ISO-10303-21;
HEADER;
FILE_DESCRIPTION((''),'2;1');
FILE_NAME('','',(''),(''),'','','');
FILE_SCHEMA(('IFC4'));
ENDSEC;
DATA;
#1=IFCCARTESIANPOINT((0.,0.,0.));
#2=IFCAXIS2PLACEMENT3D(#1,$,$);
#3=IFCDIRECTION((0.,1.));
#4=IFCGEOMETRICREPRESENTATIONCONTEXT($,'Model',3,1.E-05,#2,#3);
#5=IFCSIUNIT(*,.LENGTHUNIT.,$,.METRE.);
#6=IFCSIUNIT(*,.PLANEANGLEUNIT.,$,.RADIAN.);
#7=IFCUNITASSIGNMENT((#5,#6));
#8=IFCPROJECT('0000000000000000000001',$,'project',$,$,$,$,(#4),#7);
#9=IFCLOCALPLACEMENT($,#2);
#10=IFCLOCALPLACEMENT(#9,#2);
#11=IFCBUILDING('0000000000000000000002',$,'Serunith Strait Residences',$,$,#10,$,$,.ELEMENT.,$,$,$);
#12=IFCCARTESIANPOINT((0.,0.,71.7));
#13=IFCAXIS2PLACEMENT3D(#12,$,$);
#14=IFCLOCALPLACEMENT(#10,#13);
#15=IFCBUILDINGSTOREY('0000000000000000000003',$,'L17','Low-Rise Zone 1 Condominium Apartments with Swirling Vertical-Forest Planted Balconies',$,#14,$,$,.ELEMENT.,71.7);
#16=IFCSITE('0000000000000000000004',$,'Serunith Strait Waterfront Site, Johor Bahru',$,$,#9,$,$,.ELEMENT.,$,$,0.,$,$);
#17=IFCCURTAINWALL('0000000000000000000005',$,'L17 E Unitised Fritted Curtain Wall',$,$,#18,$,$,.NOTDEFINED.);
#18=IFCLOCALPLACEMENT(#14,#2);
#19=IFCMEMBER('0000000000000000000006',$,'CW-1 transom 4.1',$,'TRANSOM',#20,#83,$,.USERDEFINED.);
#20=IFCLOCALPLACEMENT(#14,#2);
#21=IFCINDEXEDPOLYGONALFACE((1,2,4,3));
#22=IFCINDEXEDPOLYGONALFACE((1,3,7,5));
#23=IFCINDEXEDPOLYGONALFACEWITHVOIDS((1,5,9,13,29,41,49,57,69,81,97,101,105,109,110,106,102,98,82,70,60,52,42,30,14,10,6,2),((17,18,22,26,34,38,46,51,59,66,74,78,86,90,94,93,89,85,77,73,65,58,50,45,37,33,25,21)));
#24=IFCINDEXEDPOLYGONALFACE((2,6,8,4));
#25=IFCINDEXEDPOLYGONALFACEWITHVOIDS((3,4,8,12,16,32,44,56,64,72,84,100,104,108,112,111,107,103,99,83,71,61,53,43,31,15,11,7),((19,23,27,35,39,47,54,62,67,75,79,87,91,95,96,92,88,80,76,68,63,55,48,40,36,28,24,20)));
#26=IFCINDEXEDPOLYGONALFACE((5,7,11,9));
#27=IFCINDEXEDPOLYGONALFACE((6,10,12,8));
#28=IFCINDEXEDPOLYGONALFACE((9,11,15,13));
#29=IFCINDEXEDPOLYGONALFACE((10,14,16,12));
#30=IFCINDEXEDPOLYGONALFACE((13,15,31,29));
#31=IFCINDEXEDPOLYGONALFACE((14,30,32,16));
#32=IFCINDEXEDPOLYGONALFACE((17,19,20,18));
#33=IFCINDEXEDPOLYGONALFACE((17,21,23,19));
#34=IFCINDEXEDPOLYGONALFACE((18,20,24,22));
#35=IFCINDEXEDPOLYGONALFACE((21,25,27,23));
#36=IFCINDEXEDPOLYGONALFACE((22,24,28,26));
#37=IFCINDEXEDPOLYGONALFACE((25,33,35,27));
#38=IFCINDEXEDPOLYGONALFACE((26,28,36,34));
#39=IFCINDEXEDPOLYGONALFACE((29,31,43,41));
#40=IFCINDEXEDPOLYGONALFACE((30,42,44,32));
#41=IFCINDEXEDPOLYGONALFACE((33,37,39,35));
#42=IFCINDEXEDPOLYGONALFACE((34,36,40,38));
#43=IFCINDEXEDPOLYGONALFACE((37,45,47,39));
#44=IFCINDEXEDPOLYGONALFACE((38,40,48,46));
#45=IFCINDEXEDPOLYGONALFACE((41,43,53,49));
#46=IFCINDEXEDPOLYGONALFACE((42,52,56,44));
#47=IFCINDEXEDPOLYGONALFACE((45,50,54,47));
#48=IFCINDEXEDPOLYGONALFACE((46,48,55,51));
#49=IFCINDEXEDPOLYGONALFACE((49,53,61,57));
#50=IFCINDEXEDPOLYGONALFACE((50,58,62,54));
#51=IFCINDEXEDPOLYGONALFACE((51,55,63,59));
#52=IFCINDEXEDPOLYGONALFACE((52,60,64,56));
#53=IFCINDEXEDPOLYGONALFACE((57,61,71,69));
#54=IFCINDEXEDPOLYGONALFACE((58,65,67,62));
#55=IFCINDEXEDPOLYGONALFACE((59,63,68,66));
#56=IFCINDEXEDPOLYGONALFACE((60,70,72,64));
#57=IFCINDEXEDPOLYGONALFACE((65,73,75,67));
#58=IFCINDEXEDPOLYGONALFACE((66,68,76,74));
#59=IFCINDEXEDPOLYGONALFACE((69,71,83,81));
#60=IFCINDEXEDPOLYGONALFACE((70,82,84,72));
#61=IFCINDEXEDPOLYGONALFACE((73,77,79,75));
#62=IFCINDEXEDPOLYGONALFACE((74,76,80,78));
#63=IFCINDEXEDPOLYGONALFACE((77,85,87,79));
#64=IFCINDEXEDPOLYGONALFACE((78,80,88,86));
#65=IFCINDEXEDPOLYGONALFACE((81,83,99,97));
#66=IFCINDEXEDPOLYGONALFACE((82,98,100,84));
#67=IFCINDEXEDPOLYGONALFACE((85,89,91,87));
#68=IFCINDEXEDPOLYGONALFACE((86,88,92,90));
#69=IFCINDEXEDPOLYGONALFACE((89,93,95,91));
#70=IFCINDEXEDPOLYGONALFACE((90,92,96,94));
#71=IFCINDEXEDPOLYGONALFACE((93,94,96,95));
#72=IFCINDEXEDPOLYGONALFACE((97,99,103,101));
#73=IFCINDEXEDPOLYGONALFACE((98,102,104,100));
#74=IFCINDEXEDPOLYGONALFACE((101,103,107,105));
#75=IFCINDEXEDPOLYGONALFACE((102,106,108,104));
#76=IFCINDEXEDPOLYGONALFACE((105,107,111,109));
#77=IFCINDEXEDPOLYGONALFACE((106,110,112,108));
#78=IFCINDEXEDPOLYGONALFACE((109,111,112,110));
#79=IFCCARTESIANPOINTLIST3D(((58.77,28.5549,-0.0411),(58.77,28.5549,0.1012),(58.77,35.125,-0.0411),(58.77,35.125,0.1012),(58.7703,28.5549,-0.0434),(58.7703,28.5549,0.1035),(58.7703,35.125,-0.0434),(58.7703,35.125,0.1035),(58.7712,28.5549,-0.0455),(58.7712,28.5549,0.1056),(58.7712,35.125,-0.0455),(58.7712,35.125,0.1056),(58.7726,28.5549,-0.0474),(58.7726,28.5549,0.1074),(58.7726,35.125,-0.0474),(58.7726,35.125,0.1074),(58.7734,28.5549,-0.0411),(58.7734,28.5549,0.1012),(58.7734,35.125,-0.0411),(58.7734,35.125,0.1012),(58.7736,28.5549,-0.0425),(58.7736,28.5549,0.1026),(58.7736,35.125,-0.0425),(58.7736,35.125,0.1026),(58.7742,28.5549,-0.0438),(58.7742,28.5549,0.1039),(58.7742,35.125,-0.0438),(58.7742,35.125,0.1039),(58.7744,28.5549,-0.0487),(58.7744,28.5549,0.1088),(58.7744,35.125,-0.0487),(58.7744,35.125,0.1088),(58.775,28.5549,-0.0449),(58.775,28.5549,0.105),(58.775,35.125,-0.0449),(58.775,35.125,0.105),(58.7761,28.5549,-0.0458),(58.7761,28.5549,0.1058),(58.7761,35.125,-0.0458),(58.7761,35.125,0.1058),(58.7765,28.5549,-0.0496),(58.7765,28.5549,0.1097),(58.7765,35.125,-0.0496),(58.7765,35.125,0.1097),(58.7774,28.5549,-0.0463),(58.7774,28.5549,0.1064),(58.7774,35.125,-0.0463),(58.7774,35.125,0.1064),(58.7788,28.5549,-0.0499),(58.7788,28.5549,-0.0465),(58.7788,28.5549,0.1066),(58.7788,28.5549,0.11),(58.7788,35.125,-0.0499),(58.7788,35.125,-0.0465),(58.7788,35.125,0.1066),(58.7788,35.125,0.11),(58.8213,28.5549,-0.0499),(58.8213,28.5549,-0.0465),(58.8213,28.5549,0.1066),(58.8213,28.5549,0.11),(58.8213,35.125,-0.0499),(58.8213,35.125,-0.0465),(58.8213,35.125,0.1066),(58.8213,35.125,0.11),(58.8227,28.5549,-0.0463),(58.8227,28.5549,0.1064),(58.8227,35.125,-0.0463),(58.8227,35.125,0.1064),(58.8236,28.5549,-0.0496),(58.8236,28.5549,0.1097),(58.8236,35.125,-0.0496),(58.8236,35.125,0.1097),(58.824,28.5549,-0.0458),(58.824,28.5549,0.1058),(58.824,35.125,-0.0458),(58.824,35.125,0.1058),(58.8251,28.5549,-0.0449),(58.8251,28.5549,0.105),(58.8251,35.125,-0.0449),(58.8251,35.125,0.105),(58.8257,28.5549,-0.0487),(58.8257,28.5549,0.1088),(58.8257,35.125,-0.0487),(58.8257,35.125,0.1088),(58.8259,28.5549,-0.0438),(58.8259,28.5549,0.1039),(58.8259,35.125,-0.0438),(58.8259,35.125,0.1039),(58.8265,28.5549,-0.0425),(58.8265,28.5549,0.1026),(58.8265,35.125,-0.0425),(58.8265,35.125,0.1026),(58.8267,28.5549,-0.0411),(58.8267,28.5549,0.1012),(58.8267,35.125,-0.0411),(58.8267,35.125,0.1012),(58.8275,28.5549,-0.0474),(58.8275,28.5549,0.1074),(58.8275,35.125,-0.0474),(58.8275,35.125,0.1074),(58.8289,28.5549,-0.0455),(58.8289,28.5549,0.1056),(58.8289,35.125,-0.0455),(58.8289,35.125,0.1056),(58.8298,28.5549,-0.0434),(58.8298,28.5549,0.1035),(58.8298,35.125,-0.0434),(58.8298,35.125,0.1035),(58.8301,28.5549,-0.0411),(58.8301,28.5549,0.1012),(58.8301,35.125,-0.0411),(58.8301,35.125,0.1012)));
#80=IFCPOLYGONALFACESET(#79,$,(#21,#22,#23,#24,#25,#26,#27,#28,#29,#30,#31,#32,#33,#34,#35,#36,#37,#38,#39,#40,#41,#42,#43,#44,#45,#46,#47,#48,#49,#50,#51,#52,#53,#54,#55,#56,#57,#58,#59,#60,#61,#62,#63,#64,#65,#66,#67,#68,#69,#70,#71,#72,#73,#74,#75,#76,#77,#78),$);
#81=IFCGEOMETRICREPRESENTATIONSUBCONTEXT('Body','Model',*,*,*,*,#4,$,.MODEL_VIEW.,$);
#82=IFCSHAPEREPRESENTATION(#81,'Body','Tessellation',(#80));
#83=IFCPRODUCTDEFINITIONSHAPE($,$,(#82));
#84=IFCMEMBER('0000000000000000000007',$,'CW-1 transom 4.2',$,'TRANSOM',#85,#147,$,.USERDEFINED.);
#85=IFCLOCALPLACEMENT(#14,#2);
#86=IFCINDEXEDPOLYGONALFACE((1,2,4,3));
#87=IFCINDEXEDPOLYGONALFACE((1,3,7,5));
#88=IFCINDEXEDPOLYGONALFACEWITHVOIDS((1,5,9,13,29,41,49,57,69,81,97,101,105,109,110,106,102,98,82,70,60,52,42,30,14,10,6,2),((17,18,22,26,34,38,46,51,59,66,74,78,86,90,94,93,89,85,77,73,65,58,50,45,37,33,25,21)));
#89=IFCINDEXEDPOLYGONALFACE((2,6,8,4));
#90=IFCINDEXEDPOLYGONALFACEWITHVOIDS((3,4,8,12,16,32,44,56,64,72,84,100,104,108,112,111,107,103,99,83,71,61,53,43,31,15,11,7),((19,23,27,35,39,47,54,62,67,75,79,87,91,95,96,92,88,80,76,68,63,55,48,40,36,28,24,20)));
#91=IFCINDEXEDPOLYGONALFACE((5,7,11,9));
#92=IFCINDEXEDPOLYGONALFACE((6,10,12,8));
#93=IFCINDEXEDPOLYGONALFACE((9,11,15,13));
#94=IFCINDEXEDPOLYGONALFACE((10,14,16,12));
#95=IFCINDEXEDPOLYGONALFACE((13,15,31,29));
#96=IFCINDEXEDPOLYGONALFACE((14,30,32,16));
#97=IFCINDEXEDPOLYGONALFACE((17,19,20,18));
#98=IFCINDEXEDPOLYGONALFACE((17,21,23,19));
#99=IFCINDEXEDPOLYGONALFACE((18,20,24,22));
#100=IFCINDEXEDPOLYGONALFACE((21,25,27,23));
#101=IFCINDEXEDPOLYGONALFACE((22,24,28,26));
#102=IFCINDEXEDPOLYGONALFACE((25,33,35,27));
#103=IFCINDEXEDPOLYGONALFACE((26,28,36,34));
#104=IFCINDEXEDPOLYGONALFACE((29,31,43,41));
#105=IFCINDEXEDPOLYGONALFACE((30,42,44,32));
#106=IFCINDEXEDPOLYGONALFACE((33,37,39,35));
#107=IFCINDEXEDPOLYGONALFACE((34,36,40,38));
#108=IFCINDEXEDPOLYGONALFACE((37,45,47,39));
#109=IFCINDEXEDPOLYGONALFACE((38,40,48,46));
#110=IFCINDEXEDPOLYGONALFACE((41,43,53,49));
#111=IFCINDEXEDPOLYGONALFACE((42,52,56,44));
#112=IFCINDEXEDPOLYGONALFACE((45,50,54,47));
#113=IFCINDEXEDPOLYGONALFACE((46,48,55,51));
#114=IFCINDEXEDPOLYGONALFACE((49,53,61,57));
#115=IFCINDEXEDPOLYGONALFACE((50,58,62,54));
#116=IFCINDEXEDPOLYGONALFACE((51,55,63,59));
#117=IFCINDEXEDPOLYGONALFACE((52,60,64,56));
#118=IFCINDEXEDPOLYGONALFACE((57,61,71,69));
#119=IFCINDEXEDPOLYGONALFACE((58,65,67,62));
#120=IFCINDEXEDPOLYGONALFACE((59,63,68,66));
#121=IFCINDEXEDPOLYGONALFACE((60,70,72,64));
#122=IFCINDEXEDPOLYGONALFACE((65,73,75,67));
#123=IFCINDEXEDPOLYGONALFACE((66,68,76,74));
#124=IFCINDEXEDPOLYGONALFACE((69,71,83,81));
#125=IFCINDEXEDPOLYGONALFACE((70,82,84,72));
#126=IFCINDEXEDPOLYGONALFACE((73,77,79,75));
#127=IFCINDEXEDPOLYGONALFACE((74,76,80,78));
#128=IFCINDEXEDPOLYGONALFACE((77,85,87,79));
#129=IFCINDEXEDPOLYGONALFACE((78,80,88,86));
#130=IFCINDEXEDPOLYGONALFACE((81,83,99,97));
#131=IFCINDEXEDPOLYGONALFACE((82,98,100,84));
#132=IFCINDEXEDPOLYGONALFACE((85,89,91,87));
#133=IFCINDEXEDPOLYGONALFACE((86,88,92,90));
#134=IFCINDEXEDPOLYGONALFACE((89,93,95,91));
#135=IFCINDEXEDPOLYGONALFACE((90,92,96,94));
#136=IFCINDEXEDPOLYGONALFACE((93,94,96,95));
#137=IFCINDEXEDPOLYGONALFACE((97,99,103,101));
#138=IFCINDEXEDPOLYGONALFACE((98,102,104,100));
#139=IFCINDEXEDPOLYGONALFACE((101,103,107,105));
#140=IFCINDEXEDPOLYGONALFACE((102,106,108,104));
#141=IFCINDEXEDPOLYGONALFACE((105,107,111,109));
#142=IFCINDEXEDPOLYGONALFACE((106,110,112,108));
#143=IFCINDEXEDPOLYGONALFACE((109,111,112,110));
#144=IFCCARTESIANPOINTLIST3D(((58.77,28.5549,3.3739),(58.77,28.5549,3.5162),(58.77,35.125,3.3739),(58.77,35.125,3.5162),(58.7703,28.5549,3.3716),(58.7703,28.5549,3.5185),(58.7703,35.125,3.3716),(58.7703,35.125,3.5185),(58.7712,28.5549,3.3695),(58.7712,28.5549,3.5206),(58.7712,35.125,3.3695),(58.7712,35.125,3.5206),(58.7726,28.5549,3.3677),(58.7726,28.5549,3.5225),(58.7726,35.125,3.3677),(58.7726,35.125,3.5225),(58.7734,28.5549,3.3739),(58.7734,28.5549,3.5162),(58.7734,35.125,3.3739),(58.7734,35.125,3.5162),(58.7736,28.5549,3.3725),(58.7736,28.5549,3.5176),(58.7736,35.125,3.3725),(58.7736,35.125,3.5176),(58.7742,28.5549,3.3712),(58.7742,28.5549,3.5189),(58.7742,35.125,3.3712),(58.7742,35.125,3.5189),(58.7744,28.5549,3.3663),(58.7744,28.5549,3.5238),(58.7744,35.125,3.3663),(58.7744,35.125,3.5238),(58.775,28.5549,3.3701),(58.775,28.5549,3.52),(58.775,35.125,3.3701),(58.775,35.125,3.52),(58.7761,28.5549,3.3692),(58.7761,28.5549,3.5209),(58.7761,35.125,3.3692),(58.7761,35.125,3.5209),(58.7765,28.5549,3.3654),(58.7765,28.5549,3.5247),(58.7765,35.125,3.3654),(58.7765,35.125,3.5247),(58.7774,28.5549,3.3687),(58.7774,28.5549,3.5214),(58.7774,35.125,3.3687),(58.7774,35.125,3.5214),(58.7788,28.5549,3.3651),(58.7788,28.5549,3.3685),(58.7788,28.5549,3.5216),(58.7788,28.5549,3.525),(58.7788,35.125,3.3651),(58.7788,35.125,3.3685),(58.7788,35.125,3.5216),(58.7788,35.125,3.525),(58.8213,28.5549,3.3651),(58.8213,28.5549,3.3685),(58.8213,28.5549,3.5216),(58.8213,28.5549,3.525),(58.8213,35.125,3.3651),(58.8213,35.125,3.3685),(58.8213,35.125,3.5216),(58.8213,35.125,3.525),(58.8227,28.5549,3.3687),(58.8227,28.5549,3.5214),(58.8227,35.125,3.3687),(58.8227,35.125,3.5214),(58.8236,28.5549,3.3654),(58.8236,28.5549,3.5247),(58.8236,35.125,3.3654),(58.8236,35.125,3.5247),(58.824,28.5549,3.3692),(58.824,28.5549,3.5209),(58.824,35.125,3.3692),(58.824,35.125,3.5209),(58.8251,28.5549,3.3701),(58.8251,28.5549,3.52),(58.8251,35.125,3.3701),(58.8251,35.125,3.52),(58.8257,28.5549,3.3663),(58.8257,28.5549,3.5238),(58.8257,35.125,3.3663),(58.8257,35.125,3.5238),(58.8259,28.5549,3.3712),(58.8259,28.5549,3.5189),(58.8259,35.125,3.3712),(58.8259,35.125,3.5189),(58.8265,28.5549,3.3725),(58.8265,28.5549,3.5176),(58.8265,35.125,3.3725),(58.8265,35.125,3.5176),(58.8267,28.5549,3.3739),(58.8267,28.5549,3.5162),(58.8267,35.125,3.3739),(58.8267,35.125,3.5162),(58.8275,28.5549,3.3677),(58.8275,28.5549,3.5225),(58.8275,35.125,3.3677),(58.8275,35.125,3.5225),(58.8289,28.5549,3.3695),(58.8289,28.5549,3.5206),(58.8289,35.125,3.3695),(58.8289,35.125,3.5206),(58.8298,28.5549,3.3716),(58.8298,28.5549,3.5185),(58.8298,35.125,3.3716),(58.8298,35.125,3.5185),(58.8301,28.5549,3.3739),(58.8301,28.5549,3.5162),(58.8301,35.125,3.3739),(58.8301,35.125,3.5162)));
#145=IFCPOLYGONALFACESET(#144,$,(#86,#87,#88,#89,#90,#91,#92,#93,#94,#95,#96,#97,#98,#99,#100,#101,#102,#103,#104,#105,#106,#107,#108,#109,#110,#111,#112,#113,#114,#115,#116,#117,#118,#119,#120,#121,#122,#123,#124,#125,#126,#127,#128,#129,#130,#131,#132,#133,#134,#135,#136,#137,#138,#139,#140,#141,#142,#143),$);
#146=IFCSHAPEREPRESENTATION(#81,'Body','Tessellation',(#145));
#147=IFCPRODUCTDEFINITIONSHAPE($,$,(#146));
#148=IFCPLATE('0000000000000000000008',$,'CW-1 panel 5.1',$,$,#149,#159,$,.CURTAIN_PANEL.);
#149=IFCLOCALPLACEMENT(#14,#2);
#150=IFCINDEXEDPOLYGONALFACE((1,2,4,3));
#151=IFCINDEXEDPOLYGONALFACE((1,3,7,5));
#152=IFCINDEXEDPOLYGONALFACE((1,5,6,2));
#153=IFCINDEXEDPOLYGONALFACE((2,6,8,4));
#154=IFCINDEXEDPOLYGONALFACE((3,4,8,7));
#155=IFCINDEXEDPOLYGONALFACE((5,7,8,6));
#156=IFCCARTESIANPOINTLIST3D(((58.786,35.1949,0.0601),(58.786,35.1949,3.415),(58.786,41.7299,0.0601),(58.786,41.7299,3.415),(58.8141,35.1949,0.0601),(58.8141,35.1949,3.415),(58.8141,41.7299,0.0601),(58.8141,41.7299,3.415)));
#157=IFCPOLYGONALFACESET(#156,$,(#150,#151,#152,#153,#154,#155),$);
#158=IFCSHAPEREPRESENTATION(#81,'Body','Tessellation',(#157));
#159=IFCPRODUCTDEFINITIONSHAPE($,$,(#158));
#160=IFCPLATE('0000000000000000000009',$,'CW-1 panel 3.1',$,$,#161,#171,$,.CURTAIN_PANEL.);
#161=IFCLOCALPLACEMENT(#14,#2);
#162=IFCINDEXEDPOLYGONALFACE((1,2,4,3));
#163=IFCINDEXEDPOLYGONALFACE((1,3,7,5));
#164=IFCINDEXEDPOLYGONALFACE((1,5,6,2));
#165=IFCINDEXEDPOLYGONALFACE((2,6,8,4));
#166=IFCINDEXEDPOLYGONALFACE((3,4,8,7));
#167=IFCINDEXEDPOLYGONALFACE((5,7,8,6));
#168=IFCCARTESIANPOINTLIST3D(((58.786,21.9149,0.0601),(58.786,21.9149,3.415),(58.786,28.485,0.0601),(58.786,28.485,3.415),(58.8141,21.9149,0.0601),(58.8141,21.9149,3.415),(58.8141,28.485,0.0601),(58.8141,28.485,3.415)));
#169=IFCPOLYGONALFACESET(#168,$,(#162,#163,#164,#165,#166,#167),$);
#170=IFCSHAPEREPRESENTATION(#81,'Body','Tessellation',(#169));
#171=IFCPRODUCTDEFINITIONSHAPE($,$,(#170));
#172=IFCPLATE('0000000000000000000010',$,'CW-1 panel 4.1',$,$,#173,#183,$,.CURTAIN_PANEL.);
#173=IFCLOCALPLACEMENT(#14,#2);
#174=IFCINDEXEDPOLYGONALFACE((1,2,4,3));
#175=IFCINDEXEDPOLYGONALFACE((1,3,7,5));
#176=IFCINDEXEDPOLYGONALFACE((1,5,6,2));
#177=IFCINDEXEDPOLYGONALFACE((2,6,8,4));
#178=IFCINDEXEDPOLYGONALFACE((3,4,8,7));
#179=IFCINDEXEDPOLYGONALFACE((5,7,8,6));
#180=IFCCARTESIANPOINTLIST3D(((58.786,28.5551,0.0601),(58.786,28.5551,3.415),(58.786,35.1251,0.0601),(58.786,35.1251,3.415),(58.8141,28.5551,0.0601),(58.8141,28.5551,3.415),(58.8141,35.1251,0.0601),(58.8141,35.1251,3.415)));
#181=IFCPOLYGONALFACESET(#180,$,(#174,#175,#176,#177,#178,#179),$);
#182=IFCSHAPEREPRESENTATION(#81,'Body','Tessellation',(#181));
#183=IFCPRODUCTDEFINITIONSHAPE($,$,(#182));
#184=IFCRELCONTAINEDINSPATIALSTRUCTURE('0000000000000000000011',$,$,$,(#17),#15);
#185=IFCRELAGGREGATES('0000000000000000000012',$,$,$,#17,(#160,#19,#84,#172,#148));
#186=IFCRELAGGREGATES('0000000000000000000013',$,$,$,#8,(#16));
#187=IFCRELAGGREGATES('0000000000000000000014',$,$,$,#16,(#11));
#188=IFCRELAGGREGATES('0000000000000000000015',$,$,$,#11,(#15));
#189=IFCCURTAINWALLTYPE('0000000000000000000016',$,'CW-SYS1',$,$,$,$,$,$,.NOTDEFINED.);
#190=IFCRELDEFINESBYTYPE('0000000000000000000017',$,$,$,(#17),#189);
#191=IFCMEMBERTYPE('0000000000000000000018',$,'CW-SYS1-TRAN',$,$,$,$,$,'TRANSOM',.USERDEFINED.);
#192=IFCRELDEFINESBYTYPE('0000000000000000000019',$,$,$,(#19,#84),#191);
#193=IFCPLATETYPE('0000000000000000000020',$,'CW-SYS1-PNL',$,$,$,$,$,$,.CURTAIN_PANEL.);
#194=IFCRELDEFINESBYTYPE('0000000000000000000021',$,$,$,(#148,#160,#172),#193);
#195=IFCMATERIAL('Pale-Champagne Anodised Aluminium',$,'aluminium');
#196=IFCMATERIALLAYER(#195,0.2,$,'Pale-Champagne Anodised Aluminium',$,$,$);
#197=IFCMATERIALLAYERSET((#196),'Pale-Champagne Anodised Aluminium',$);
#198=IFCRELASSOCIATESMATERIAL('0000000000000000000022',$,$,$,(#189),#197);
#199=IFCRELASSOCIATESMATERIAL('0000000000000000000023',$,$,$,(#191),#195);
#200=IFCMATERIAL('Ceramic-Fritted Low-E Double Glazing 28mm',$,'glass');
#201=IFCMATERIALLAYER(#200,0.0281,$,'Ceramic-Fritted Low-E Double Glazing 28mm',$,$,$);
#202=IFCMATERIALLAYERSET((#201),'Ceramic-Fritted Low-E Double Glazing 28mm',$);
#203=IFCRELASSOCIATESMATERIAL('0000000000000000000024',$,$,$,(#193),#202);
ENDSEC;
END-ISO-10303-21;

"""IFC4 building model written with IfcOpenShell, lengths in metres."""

from ifc_helpers import new_model, si_unit, direction, frame, origin, origin_2d, place, context, subcontext, project, spatial, rectangle, hollow_rectangle, extrude, source, transform, mapped, material, layer, layer_set, material_profile, profile_set, type_object, element, aggregate, save


model = new_model("IFC4")

# Units and contexts
model_context = context("Model", 3, precision=1e-05, world=origin(), true_north=direction((0.0, 1.0)))
body_context = subcontext(model_context, "Body", "Model", "MODEL_VIEW")
ifc_project = project(units=[si_unit("LENGTHUNIT", "METRE"), si_unit("PLANEANGLEUNIT", "RADIAN")], contexts=[model_context])

# Site, building, storey
site_placement = place(None, origin())
site = spatial("IfcSite", under=ifc_project, at=site_placement, Name="Serunith Strait Waterfront Site, Johor Bahru", CompositionType="ELEMENT", RefElevation=0.0)
building_placement = place(site_placement, origin())
building = spatial("IfcBuilding", under=site, at=building_placement, Name="Serunith Strait Residences", CompositionType="ELEMENT")
storey_placement = place(building_placement, frame((0.0, 0.0, 71.7)))
storey = spatial("IfcBuildingStorey", under=building, at=storey_placement, Name="L17", Description="Low-Rise Zone 1 Condominium Apartments with Swirling Vertical-Forest Planted Balconies", CompositionType="ELEMENT", Elevation=71.7)

# Curtain wall, members, plates
ifc_material_1 = material(Name="Pale-Champagne Anodised Aluminium", Category="aluminium")
ifc_layer_1 = layer(ifc_material_1, 0.2, Name="Pale-Champagne Anodised Aluminium")
ifc_layer_set_1 = layer_set([ifc_layer_1], Name="Pale-Champagne Anodised Aluminium")
curtain_wall_type = type_object("IfcCurtainWallType", Name="CW-SYS1", PredefinedType="NOTDEFINED", material=ifc_layer_set_1)
curtain_wall_placement = place(storey_placement, origin())
curtain_wall = element("IfcCurtainWall", 1, at=curtain_wall_placement, inside=storey, type_object=curtain_wall_type, Name="L17 E Unitised Fritted Curtain Wall", PredefinedType="NOTDEFINED")
ifc_material_profile_1 = material_profile(ifc_material_1, hollow_rectangle(XDim=0.0601, YDim=0.1599, WallThickness=0.0034, InnerFilletRadius=0.0054, OuterFilletRadius=0.0088, at=origin_2d()), Name="ALU 160x60x3.5")
ifc_profile_set_1 = profile_set([ifc_material_profile_1], Name="Pale-Champagne Anodised Aluminium")
member_type_1 = type_object("IfcMemberType", Name="CW-SYS1-TRAN", ElementType="TRANSOM", PredefinedType="USERDEFINED", material=ifc_profile_set_1)
shared_shape_1 = source(origin(), body_context, "Body", "SweptSolid", [
    extrude(hollow_rectangle(XDim=0.0601, YDim=0.1599, WallThickness=0.0034, InnerFilletRadius=0.0054, OuterFilletRadius=0.0088, at=origin_2d()), origin(), (0.0, 0.0, 1.0), 6.5701),
])
member_1_placement = place(storey_placement, frame((58.8, 28.5549, 0.03), z_axis=(0.0, 1.0, 0.0), x_axis=(-1.0, 0.0, 0.0)))
member_1 = element("IfcMember", 2, at=member_1_placement, type_object=member_type_1, Name="CW-1 transom 4.1", ObjectType="TRANSOM", PredefinedType="USERDEFINED", context=body_context, shape_type="MappedRepresentation", body=[
    mapped(shared_shape_1, transform((0.0, 0.0, 0.0), scale=1.0)),
])
member_2_placement = place(storey_placement, frame((58.8, 28.5549, 3.4451), z_axis=(0.0, 1.0, 0.0), x_axis=(-1.0, 0.0, 0.0)))
member_2 = element("IfcMember", 3, at=member_2_placement, type_object=member_type_1, Name="CW-1 transom 4.2", ObjectType="TRANSOM", PredefinedType="USERDEFINED", context=body_context, shape_type="MappedRepresentation", body=[
    mapped(shared_shape_1, transform((0.0, 0.0, 0.0), scale=1.0)),
])
ifc_material_2 = material(Name="Ceramic-Fritted Low-E Double Glazing 28mm", Category="glass")
ifc_layer_2 = layer(ifc_material_2, 0.0281, Name="Ceramic-Fritted Low-E Double Glazing 28mm")
ifc_layer_set_2 = layer_set([ifc_layer_2], Name="Ceramic-Fritted Low-E Double Glazing 28mm")
plate_type = type_object("IfcPlateType", Name="CW-SYS1-PNL", PredefinedType="CURTAIN_PANEL", material=ifc_layer_set_2)
shared_shape_2 = source(origin(), body_context, "Body", "SweptSolid", [
    extrude(rectangle(XDim=6.5349, YDim=0.0281, at=origin_2d()), origin(), (0.0, 0.0, 1.0), 3.355),
])
plate_1_placement = place(storey_placement, frame((58.8, 38.4624, 0.0601), z_axis=(0.0, 0.0, 1.0), x_axis=(0.0, 1.0, 0.0)))
plate_1 = element("IfcPlate", 4, at=plate_1_placement, type_object=plate_type, Name="CW-1 panel 5.1", PredefinedType="CURTAIN_PANEL", context=body_context, shape_type="MappedRepresentation", body=[
    mapped(shared_shape_2, transform((0.0, 0.0, 0.0), scale=1.0)),
])
shared_shape_3 = source(origin(), body_context, "Body", "SweptSolid", [
    extrude(rectangle(XDim=6.5701, YDim=0.0281, at=origin_2d()), origin(), (0.0, 0.0, 1.0), 3.355),
])
plate_2_placement = place(storey_placement, frame((58.8, 25.2, 0.0601), z_axis=(0.0, 0.0, 1.0), x_axis=(0.0, 1.0, 0.0)))
plate_2 = element("IfcPlate", 5, at=plate_2_placement, type_object=plate_type, Name="CW-1 panel 3.1", PredefinedType="CURTAIN_PANEL", context=body_context, shape_type="MappedRepresentation", body=[
    mapped(shared_shape_3, transform((0.0, 0.0, 0.0), scale=1.0)),
])
plate_3_placement = place(storey_placement, frame((58.8, 31.8401, 0.0601), z_axis=(0.0, 0.0, 1.0), x_axis=(0.0, 1.0, 0.0)))
plate_3 = element("IfcPlate", 6, at=plate_3_placement, type_object=plate_type, Name="CW-1 panel 4.1", PredefinedType="CURTAIN_PANEL", context=body_context, shape_type="MappedRepresentation", body=[
    mapped(shared_shape_3, transform((0.0, 0.0, 0.0), scale=1.0)),
])
aggregate(curtain_wall, [plate_2, member_1, member_2, plate_3, plate_1])

save(model, "model.ifc")
